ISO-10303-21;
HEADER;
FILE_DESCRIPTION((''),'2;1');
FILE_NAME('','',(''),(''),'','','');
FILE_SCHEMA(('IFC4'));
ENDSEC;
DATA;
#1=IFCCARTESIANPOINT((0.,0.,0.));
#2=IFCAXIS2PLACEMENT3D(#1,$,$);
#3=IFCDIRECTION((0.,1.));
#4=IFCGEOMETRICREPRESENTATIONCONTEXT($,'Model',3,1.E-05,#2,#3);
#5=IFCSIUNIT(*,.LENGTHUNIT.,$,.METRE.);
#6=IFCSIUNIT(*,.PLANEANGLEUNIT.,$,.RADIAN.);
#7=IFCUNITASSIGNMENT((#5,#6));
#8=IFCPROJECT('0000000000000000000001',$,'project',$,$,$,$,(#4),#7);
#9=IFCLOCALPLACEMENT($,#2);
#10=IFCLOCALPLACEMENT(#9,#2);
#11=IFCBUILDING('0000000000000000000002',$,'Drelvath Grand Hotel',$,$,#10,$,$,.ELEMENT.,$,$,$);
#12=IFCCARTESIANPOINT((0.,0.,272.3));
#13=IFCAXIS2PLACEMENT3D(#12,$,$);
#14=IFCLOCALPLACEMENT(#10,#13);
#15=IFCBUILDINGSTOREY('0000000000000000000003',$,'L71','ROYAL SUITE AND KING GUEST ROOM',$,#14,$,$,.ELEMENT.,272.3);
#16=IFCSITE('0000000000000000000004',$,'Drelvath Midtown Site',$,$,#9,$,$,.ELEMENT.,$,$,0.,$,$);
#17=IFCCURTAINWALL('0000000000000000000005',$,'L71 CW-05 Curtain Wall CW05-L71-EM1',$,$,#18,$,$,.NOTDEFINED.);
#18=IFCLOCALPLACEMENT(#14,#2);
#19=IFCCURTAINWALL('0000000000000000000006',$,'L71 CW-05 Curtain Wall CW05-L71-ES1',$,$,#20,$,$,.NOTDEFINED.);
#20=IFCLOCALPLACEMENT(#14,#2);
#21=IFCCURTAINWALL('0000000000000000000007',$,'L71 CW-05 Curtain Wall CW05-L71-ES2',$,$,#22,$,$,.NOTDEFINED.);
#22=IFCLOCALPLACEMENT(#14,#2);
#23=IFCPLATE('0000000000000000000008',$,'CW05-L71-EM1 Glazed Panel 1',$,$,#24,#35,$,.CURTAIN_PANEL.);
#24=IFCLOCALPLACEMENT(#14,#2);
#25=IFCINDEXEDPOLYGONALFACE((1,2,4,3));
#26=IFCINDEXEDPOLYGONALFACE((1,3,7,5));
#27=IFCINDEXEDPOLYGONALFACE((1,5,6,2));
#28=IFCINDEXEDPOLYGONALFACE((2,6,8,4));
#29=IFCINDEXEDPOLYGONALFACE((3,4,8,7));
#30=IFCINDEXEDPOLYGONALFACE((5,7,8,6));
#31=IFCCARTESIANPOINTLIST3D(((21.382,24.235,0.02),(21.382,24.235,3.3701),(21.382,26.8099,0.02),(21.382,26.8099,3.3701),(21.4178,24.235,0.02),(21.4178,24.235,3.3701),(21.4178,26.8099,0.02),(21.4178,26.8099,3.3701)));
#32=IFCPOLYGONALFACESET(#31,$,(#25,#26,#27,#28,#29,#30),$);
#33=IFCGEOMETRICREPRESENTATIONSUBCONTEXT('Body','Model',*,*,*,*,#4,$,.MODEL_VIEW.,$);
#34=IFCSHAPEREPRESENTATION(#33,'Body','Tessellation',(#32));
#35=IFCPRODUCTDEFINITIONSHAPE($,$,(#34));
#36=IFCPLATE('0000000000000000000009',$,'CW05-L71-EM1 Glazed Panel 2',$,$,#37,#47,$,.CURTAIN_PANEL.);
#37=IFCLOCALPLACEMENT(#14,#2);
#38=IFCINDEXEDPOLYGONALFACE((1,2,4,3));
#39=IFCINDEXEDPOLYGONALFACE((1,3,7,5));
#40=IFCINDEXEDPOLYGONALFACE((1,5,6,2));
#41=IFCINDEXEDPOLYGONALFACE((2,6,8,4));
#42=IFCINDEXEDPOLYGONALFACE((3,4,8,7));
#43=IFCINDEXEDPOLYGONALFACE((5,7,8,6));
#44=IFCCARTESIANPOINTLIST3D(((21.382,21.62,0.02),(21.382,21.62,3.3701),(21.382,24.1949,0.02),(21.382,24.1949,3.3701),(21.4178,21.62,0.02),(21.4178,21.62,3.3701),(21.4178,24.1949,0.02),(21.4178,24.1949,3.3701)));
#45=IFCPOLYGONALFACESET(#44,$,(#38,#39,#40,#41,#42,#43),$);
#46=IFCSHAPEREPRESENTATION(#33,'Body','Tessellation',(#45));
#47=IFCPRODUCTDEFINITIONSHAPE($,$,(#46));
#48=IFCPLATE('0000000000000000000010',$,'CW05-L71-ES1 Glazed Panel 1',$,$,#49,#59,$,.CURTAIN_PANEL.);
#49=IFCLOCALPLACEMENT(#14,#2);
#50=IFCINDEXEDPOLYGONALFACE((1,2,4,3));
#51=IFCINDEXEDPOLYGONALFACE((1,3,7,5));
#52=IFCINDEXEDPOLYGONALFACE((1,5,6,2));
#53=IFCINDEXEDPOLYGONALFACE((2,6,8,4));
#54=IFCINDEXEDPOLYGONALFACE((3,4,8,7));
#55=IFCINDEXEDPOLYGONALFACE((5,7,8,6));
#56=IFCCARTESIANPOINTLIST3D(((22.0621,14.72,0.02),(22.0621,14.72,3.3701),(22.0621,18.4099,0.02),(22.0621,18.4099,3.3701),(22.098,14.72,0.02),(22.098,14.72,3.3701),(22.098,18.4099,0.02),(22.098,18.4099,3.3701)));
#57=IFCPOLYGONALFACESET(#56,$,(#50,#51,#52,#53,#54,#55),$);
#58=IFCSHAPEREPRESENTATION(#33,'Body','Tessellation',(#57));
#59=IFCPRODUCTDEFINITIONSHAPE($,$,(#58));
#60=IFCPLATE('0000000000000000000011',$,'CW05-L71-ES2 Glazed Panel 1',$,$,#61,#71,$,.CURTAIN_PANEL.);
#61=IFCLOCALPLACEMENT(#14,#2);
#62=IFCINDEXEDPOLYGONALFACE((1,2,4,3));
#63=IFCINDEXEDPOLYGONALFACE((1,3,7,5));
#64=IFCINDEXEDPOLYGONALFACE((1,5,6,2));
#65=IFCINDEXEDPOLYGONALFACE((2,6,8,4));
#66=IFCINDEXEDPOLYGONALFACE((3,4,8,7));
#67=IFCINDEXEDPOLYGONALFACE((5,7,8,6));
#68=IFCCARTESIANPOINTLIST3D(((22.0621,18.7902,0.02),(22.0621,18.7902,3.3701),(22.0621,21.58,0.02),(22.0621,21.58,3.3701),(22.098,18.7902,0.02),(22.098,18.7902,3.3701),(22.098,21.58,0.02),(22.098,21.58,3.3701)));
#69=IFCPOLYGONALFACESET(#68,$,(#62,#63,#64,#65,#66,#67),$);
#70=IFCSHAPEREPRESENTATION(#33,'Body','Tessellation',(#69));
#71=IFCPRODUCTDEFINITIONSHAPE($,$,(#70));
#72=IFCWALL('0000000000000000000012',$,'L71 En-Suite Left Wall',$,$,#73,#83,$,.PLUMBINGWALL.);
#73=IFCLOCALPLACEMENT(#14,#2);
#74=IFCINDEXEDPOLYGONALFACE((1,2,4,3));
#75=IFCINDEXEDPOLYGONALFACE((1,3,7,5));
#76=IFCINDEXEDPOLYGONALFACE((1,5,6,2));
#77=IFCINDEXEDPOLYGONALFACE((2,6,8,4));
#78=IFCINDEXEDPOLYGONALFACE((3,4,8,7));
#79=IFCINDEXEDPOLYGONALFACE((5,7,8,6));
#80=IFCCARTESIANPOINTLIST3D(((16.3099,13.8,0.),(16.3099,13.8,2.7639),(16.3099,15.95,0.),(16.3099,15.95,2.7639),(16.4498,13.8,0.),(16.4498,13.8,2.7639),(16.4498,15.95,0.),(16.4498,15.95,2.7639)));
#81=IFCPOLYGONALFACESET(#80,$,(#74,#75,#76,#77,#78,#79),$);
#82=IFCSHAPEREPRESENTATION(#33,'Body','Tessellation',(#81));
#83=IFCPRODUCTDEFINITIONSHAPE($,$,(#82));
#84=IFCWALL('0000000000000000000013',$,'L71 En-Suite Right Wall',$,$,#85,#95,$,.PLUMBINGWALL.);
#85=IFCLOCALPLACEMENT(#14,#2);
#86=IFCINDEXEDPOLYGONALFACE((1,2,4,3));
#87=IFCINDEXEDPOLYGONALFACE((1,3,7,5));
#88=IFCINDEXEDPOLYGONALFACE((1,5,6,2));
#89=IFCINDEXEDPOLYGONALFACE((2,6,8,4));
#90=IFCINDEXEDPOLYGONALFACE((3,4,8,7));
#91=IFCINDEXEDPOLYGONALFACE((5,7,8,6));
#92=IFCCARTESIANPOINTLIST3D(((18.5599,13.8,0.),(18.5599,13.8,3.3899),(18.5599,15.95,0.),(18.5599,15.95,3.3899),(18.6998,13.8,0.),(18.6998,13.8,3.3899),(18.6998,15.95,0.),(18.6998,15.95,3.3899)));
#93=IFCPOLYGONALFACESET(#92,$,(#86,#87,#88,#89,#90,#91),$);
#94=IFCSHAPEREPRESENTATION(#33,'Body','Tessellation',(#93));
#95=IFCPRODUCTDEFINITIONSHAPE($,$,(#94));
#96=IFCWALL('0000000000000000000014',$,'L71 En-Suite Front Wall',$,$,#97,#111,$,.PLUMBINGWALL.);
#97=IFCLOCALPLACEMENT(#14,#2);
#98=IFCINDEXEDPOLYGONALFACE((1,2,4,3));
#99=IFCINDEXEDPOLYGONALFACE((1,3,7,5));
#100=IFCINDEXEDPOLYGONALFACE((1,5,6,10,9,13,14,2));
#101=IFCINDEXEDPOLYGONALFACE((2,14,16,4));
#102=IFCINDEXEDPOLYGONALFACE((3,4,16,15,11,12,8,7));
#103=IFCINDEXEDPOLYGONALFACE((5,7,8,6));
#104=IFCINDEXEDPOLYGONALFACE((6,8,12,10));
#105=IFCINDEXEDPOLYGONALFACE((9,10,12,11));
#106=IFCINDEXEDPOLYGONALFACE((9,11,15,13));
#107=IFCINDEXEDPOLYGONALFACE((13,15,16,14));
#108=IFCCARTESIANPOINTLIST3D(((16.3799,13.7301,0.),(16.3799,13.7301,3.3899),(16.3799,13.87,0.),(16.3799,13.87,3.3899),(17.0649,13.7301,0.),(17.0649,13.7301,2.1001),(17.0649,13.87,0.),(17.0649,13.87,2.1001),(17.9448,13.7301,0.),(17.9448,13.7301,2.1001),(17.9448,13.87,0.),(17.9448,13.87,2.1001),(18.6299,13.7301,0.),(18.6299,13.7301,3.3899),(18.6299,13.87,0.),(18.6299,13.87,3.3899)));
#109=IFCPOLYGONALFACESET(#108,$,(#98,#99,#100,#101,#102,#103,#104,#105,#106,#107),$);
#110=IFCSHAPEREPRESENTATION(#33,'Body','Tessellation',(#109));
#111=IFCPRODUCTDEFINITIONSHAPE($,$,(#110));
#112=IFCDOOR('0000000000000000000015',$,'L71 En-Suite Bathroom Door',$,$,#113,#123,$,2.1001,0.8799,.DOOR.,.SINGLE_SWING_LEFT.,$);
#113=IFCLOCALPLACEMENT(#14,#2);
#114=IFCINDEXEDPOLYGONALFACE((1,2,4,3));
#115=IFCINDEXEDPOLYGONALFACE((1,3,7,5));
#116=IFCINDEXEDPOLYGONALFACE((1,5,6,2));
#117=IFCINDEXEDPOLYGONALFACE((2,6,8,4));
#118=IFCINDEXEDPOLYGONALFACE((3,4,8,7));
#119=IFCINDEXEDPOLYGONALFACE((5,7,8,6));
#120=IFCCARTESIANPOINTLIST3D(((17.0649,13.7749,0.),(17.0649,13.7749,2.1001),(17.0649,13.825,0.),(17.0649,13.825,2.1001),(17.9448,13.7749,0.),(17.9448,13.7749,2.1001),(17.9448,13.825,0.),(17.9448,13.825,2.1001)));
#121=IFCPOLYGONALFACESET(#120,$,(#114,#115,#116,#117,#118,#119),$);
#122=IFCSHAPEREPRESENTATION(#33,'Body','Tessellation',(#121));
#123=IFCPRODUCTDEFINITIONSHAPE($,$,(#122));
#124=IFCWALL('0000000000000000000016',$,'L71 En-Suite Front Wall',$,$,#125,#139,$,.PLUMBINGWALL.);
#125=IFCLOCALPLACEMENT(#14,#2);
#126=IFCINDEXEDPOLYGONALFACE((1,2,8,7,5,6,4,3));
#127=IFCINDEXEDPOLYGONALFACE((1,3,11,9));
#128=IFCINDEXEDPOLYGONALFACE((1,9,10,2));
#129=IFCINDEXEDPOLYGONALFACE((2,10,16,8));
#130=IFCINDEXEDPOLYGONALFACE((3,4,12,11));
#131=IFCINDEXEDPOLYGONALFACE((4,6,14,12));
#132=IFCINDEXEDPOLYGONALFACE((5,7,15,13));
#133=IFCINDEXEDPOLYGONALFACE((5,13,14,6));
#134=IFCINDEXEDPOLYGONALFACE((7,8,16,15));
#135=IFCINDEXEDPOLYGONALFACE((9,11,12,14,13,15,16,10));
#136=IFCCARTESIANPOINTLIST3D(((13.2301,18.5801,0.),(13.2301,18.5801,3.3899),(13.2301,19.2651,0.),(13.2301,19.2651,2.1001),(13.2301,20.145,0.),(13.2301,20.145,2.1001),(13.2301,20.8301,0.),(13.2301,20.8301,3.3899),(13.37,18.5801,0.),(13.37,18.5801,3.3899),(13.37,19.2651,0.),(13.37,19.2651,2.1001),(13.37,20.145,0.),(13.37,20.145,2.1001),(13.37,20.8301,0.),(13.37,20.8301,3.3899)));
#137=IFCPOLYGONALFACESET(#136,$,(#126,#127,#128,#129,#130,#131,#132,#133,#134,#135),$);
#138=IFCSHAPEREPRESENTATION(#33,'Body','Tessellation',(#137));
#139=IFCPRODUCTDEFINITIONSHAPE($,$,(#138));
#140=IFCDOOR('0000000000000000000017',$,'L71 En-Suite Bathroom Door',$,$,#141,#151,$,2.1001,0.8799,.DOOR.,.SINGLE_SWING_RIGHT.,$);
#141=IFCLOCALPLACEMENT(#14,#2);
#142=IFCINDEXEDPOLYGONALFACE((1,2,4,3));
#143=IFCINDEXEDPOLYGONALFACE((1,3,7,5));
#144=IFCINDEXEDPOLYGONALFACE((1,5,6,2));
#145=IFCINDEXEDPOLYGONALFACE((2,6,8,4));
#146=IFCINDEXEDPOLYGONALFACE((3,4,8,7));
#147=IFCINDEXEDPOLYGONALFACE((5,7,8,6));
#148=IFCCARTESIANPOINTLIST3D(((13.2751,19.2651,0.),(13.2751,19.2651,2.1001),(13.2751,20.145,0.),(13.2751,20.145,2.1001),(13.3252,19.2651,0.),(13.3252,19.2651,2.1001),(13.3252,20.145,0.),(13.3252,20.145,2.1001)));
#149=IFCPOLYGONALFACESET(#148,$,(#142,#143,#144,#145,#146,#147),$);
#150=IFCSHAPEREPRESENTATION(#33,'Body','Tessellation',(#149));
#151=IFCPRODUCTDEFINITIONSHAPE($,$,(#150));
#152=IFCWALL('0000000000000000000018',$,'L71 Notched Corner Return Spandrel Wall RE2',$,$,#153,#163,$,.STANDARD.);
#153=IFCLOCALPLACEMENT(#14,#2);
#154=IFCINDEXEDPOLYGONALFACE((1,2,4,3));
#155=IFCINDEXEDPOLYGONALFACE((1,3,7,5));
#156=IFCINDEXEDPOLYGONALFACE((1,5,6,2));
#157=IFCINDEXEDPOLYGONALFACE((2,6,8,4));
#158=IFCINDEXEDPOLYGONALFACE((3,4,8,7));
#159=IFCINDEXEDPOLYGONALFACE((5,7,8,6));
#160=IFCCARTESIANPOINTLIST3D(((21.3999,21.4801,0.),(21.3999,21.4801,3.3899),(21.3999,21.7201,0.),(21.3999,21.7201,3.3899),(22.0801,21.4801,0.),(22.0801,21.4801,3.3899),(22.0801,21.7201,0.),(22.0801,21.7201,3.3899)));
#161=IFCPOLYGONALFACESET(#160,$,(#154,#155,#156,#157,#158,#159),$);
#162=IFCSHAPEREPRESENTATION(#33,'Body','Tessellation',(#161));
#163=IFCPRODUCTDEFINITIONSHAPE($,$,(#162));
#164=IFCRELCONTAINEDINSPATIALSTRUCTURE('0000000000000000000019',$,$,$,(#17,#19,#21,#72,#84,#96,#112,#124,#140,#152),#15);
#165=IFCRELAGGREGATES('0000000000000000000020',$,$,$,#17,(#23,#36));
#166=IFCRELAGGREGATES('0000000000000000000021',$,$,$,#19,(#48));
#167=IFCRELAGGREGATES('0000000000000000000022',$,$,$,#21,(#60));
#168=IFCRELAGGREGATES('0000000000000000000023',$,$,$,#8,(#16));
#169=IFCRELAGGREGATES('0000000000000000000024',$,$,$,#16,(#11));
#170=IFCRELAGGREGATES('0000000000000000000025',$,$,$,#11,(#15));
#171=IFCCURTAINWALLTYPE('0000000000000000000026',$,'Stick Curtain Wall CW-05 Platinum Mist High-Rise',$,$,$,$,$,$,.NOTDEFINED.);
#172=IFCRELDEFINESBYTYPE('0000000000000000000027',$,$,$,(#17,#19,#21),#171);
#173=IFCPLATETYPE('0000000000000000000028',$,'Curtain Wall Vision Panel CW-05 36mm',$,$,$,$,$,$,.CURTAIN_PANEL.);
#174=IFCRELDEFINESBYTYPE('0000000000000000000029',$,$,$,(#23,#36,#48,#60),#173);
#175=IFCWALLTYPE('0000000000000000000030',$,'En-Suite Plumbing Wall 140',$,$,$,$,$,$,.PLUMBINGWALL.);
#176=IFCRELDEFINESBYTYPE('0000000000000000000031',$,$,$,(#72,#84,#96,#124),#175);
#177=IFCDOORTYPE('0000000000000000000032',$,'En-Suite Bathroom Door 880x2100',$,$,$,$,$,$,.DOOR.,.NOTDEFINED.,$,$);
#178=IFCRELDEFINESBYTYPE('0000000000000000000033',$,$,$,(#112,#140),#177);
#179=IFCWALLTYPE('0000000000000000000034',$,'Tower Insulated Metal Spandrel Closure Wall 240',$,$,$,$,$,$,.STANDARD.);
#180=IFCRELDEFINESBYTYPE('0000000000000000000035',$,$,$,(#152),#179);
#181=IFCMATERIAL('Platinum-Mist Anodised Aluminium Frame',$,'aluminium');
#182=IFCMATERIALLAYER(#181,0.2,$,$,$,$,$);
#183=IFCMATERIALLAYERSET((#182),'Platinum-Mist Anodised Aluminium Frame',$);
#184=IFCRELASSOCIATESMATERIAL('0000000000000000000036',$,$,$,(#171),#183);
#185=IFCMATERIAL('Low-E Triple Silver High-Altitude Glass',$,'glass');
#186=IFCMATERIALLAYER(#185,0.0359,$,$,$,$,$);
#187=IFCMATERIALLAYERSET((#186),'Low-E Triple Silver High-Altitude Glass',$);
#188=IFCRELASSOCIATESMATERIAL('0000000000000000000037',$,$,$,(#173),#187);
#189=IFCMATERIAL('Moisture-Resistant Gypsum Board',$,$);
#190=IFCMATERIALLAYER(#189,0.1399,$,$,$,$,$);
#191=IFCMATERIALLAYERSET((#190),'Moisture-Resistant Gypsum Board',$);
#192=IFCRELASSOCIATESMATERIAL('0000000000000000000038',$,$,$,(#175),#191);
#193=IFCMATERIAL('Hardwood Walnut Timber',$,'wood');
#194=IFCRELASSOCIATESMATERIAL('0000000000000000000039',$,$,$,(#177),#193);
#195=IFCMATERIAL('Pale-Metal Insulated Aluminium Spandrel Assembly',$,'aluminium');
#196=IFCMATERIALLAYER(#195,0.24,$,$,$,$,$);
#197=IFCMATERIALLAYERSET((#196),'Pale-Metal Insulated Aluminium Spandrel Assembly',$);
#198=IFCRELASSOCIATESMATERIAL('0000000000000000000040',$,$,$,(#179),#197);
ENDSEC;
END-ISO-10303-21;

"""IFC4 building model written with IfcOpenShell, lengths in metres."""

from ifc_helpers import new_model, si_unit, direction, frame, frame_2d, origin, origin_2d, place, context, subcontext, project, spatial, rectangle, extrude, material, layer, layer_set, type_object, element, fill, aggregate, save


model = new_model("IFC4")

# Units and contexts
model_context = context("Model", 3, precision=1e-05, world=origin(), true_north=direction((0.0, 1.0)))
body_context = subcontext(model_context, "Body", "Model", "MODEL_VIEW")
ifc_project = project(units=[si_unit("LENGTHUNIT", "METRE"), si_unit("PLANEANGLEUNIT", "RADIAN")], contexts=[model_context])

# Site, building, storey
site_placement = place(None, origin())
site = spatial("IfcSite", under=ifc_project, at=site_placement, Name="Drelvath Midtown Site", CompositionType="ELEMENT", RefElevation=0.0)
building_placement = place(site_placement, origin())
building = spatial("IfcBuilding", under=site, at=building_placement, Name="Drelvath Grand Hotel", CompositionType="ELEMENT")
storey_placement = place(building_placement, frame((0.0, 0.0, 272.3)))
storey = spatial("IfcBuildingStorey", under=building, at=storey_placement, Name="L71", Description="ROYAL SUITE AND KING GUEST ROOM", CompositionType="ELEMENT", Elevation=272.3)

# Curtain walls
ifc_material_1 = material(Name="Platinum-Mist Anodised Aluminium Frame", Category="aluminium")
ifc_layer_1 = layer(ifc_material_1, 0.2)
ifc_layer_set_1 = layer_set([ifc_layer_1], Name="Platinum-Mist Anodised Aluminium Frame")
curtain_wall_type = type_object("IfcCurtainWallType", Name="Stick Curtain Wall CW-05 Platinum Mist High-Rise", PredefinedType="NOTDEFINED", material=ifc_layer_set_1)
curtain_wall_1_placement = place(storey_placement, origin())
curtain_wall_1 = element("IfcCurtainWall", 1, at=curtain_wall_1_placement, inside=storey, type_object=curtain_wall_type, Name="L71 CW-05 Curtain Wall CW05-L71-EM1", PredefinedType="NOTDEFINED")
curtain_wall_2_placement = place(storey_placement, origin())
curtain_wall_2 = element("IfcCurtainWall", 2, at=curtain_wall_2_placement, inside=storey, type_object=curtain_wall_type, Name="L71 CW-05 Curtain Wall CW05-L71-ES1", PredefinedType="NOTDEFINED")
curtain_wall_3_placement = place(storey_placement, origin())
curtain_wall_3 = element("IfcCurtainWall", 3, at=curtain_wall_3_placement, inside=storey, type_object=curtain_wall_type, Name="L71 CW-05 Curtain Wall CW05-L71-ES2", PredefinedType="NOTDEFINED")

# Plates
ifc_material_2 = material(Name="Low-E Triple Silver High-Altitude Glass", Category="glass")
ifc_layer_2 = layer(ifc_material_2, 0.0359)
ifc_layer_set_2 = layer_set([ifc_layer_2], Name="Low-E Triple Silver High-Altitude Glass")
plate_type = type_object("IfcPlateType", Name="Curtain Wall Vision Panel CW-05 36mm", PredefinedType="CURTAIN_PANEL", material=ifc_layer_set_2)
plate_1_placement = place(storey_placement, frame((21.3999, 25.5225, 0.02), z_axis=(0.0, 0.0, 1.0), x_axis=(0.0, -1.0, 0.0)))
plate_1 = element("IfcPlate", 4, at=plate_1_placement, type_object=plate_type, Name="CW05-L71-EM1 Glazed Panel 1", PredefinedType="CURTAIN_PANEL", context=body_context, shape_type="SweptSolid", body=[
    extrude(rectangle(XDim=2.575, YDim=0.0359, at=origin_2d()), origin(), (0.0, 0.0, 1.0), 3.3501),
])
plate_2_placement = place(storey_placement, frame((21.3999, 22.9075, 0.02), z_axis=(0.0, 0.0, 1.0), x_axis=(0.0, -1.0, 0.0)))
plate_2 = element("IfcPlate", 5, at=plate_2_placement, type_object=plate_type, Name="CW05-L71-EM1 Glazed Panel 2", PredefinedType="CURTAIN_PANEL", context=body_context, shape_type="SweptSolid", body=[
    extrude(rectangle(XDim=2.575, YDim=0.0359, at=origin_2d()), origin(), (0.0, 0.0, 1.0), 3.3501),
])
aggregate(curtain_wall_1, [plate_1, plate_2])
plate_3_placement = place(storey_placement, frame((22.0801, 16.5649, 0.02), z_axis=(0.0, 0.0, 1.0), x_axis=(0.0, -1.0, 0.0)))
plate_3 = element("IfcPlate", 6, at=plate_3_placement, type_object=plate_type, Name="CW05-L71-ES1 Glazed Panel 1", PredefinedType="CURTAIN_PANEL", context=body_context, shape_type="SweptSolid", body=[
    extrude(rectangle(XDim=3.6899, YDim=0.0359, at=origin_2d()), origin(), (0.0, 0.0, 1.0), 3.3501),
])
aggregate(curtain_wall_2, [plate_3])
plate_4_placement = place(storey_placement, frame((22.0801, 20.1851, 0.02), z_axis=(0.0, 0.0, 1.0), x_axis=(0.0, -1.0, 0.0)))
plate_4 = element("IfcPlate", 7, at=plate_4_placement, type_object=plate_type, Name="CW05-L71-ES2 Glazed Panel 1", PredefinedType="CURTAIN_PANEL", context=body_context, shape_type="SweptSolid", body=[
    extrude(rectangle(XDim=2.7898, YDim=0.0359, at=origin_2d()), origin(), (0.0, 0.0, 1.0), 3.3501),
])
aggregate(curtain_wall_3, [plate_4])

# Walls
ifc_material_3 = material(Name="Moisture-Resistant Gypsum Board")
ifc_layer_3 = layer(ifc_material_3, 0.1399)
ifc_layer_set_3 = layer_set([ifc_layer_3], Name="Moisture-Resistant Gypsum Board")
wall_type_1 = type_object("IfcWallType", Name="En-Suite Plumbing Wall 140", PredefinedType="PLUMBINGWALL", material=ifc_layer_set_3)
wall_1_placement = place(storey_placement, frame((16.3799, 15.95, 0.0), z_axis=(0.0, 0.0, 1.0), x_axis=(0.0, -1.0, 0.0)))
element("IfcWall", 8, at=wall_1_placement, inside=storey, type_object=wall_type_1, Name="L71 En-Suite Left Wall", PredefinedType="PLUMBINGWALL", context=body_context, shape_type="SweptSolid", body=[
    extrude(rectangle(XDim=2.1499, YDim=0.1399, at=frame_2d((1.075, 0.0))), origin(), (0.0, 0.0, 1.0), 2.7639),
])
wall_2_placement = place(storey_placement, frame((18.6299, 15.95, 0.0), z_axis=(0.0, 0.0, 1.0), x_axis=(0.0, -1.0, 0.0)))
element("IfcWall", 9, at=wall_2_placement, inside=storey, type_object=wall_type_1, Name="L71 En-Suite Right Wall", PredefinedType="PLUMBINGWALL", context=body_context, shape_type="SweptSolid", body=[
    extrude(rectangle(XDim=2.1499, YDim=0.1399, at=frame_2d((1.075, 0.0))), origin(), (0.0, 0.0, 1.0), 3.3899),
])

# Walls, openings, doors
wall_3_placement = place(storey_placement, frame((16.3799, 13.8, 0.0), z_axis=(0.0, 0.0, 1.0), x_axis=(1.0, 0.0, 0.0)))
wall_3 = element("IfcWall", 10, at=wall_3_placement, inside=storey, type_object=wall_type_1, Name="L71 En-Suite Front Wall", PredefinedType="PLUMBINGWALL", context=body_context, shape_type="SweptSolid", body=[
    extrude(rectangle(XDim=2.25, YDim=0.1399, at=frame_2d((1.125, 0.0))), origin(), (0.0, 0.0, 1.0), 3.3899),
])
opening_1_placement = place(wall_3_placement, frame((0.6851, 0.0, 0.0)))
opening_1 = element("IfcOpeningElement", 11, at=opening_1_placement, cuts=wall_3, PredefinedType="OPENING", context=body_context, shape_type="SweptSolid", body=[
    extrude(rectangle(XDim=0.8799, YDim=2.1001, at=frame_2d((0.4399, 1.05))), frame((0.0, 0.0798, 0.0), z_axis=(0.0, -1.0, 0.0), x_axis=(1.0, 0.0, 0.0)), (0.0, 0.0, 1.0), 0.1599),
])
ifc_material_4 = material(Name="Hardwood Walnut Timber", Category="wood")
door_type = type_object("IfcDoorType", Name="En-Suite Bathroom Door 880x2100", OperationType="NOTDEFINED", PredefinedType="DOOR", material=ifc_material_4)
door_1_placement = place(opening_1_placement, origin())
door_1 = element("IfcDoor", 12, at=door_1_placement, inside=storey, type_object=door_type, Name="L71 En-Suite Bathroom Door", OperationType="SINGLE_SWING_LEFT", OverallHeight=2.1001, OverallWidth=0.8799, PredefinedType="DOOR", context=body_context, shape_type="SweptSolid", body=[
    extrude(rectangle(XDim=0.8799, YDim=2.1001, at=frame_2d((0.4399, 1.05))), frame((0.0, 0.0249, 0.0), z_axis=(0.0, -1.0, 0.0), x_axis=(1.0, 0.0, 0.0)), (0.0, 0.0, 1.0), 0.05),
])
fill(opening_1, door_1)
wall_4_placement = place(storey_placement, frame((13.3, 18.5801, 0.0), z_axis=(0.0, 0.0, 1.0), x_axis=(0.0, 1.0, 0.0)))
wall_4 = element("IfcWall", 13, at=wall_4_placement, inside=storey, type_object=wall_type_1, Name="L71 En-Suite Front Wall", PredefinedType="PLUMBINGWALL", context=body_context, shape_type="SweptSolid", body=[
    extrude(rectangle(XDim=2.25, YDim=0.1399, at=frame_2d((1.125, 0.0))), origin(), (0.0, 0.0, 1.0), 3.3899),
])
opening_2_placement = place(wall_4_placement, frame((0.6851, 0.0, 0.0)))
opening_2 = element("IfcOpeningElement", 14, at=opening_2_placement, cuts=wall_4, PredefinedType="OPENING", context=body_context, shape_type="SweptSolid", body=[
    extrude(rectangle(XDim=0.8799, YDim=2.1001, at=frame_2d((0.4399, 1.05))), frame((0.0, 0.0798, 0.0), z_axis=(0.0, -1.0, 0.0), x_axis=(1.0, 0.0, 0.0)), (0.0, 0.0, 1.0), 0.1599),
])
door_2_placement = place(opening_2_placement, origin())
door_2 = element("IfcDoor", 15, at=door_2_placement, inside=storey, type_object=door_type, Name="L71 En-Suite Bathroom Door", OperationType="SINGLE_SWING_RIGHT", OverallHeight=2.1001, OverallWidth=0.8799, PredefinedType="DOOR", context=body_context, shape_type="SweptSolid", body=[
    extrude(rectangle(XDim=0.8799, YDim=2.1001, at=frame_2d((0.4399, 1.05))), frame((0.0, 0.0249, 0.0), z_axis=(0.0, -1.0, 0.0), x_axis=(1.0, 0.0, 0.0)), (0.0, 0.0, 1.0), 0.05),
])
fill(opening_2, door_2)

# Wall
ifc_material_5 = material(Name="Pale-Metal Insulated Aluminium Spandrel Assembly", Category="aluminium")
ifc_layer_4 = layer(ifc_material_5, 0.24)
ifc_layer_set_4 = layer_set([ifc_layer_4], Name="Pale-Metal Insulated Aluminium Spandrel Assembly")
wall_type_2 = type_object("IfcWallType", Name="Tower Insulated Metal Spandrel Closure Wall 240", PredefinedType="STANDARD", material=ifc_layer_set_4)
wall_5_placement = place(storey_placement, frame((21.3999, 21.6001, 0.0), z_axis=(0.0, 0.0, 1.0), x_axis=(1.0, 0.0, 0.0)))
element("IfcWall", 16, at=wall_5_placement, inside=storey, type_object=wall_type_2, Name="L71 Notched Corner Return Spandrel Wall RE2", PredefinedType="STANDARD", context=body_context, shape_type="SweptSolid", body=[
    extrude(rectangle(XDim=0.6802, YDim=0.24, at=frame_2d((0.3401, 0.0))), origin(), (0.0, 0.0, 1.0), 3.3899),
])

save(model, "model.ifc")
